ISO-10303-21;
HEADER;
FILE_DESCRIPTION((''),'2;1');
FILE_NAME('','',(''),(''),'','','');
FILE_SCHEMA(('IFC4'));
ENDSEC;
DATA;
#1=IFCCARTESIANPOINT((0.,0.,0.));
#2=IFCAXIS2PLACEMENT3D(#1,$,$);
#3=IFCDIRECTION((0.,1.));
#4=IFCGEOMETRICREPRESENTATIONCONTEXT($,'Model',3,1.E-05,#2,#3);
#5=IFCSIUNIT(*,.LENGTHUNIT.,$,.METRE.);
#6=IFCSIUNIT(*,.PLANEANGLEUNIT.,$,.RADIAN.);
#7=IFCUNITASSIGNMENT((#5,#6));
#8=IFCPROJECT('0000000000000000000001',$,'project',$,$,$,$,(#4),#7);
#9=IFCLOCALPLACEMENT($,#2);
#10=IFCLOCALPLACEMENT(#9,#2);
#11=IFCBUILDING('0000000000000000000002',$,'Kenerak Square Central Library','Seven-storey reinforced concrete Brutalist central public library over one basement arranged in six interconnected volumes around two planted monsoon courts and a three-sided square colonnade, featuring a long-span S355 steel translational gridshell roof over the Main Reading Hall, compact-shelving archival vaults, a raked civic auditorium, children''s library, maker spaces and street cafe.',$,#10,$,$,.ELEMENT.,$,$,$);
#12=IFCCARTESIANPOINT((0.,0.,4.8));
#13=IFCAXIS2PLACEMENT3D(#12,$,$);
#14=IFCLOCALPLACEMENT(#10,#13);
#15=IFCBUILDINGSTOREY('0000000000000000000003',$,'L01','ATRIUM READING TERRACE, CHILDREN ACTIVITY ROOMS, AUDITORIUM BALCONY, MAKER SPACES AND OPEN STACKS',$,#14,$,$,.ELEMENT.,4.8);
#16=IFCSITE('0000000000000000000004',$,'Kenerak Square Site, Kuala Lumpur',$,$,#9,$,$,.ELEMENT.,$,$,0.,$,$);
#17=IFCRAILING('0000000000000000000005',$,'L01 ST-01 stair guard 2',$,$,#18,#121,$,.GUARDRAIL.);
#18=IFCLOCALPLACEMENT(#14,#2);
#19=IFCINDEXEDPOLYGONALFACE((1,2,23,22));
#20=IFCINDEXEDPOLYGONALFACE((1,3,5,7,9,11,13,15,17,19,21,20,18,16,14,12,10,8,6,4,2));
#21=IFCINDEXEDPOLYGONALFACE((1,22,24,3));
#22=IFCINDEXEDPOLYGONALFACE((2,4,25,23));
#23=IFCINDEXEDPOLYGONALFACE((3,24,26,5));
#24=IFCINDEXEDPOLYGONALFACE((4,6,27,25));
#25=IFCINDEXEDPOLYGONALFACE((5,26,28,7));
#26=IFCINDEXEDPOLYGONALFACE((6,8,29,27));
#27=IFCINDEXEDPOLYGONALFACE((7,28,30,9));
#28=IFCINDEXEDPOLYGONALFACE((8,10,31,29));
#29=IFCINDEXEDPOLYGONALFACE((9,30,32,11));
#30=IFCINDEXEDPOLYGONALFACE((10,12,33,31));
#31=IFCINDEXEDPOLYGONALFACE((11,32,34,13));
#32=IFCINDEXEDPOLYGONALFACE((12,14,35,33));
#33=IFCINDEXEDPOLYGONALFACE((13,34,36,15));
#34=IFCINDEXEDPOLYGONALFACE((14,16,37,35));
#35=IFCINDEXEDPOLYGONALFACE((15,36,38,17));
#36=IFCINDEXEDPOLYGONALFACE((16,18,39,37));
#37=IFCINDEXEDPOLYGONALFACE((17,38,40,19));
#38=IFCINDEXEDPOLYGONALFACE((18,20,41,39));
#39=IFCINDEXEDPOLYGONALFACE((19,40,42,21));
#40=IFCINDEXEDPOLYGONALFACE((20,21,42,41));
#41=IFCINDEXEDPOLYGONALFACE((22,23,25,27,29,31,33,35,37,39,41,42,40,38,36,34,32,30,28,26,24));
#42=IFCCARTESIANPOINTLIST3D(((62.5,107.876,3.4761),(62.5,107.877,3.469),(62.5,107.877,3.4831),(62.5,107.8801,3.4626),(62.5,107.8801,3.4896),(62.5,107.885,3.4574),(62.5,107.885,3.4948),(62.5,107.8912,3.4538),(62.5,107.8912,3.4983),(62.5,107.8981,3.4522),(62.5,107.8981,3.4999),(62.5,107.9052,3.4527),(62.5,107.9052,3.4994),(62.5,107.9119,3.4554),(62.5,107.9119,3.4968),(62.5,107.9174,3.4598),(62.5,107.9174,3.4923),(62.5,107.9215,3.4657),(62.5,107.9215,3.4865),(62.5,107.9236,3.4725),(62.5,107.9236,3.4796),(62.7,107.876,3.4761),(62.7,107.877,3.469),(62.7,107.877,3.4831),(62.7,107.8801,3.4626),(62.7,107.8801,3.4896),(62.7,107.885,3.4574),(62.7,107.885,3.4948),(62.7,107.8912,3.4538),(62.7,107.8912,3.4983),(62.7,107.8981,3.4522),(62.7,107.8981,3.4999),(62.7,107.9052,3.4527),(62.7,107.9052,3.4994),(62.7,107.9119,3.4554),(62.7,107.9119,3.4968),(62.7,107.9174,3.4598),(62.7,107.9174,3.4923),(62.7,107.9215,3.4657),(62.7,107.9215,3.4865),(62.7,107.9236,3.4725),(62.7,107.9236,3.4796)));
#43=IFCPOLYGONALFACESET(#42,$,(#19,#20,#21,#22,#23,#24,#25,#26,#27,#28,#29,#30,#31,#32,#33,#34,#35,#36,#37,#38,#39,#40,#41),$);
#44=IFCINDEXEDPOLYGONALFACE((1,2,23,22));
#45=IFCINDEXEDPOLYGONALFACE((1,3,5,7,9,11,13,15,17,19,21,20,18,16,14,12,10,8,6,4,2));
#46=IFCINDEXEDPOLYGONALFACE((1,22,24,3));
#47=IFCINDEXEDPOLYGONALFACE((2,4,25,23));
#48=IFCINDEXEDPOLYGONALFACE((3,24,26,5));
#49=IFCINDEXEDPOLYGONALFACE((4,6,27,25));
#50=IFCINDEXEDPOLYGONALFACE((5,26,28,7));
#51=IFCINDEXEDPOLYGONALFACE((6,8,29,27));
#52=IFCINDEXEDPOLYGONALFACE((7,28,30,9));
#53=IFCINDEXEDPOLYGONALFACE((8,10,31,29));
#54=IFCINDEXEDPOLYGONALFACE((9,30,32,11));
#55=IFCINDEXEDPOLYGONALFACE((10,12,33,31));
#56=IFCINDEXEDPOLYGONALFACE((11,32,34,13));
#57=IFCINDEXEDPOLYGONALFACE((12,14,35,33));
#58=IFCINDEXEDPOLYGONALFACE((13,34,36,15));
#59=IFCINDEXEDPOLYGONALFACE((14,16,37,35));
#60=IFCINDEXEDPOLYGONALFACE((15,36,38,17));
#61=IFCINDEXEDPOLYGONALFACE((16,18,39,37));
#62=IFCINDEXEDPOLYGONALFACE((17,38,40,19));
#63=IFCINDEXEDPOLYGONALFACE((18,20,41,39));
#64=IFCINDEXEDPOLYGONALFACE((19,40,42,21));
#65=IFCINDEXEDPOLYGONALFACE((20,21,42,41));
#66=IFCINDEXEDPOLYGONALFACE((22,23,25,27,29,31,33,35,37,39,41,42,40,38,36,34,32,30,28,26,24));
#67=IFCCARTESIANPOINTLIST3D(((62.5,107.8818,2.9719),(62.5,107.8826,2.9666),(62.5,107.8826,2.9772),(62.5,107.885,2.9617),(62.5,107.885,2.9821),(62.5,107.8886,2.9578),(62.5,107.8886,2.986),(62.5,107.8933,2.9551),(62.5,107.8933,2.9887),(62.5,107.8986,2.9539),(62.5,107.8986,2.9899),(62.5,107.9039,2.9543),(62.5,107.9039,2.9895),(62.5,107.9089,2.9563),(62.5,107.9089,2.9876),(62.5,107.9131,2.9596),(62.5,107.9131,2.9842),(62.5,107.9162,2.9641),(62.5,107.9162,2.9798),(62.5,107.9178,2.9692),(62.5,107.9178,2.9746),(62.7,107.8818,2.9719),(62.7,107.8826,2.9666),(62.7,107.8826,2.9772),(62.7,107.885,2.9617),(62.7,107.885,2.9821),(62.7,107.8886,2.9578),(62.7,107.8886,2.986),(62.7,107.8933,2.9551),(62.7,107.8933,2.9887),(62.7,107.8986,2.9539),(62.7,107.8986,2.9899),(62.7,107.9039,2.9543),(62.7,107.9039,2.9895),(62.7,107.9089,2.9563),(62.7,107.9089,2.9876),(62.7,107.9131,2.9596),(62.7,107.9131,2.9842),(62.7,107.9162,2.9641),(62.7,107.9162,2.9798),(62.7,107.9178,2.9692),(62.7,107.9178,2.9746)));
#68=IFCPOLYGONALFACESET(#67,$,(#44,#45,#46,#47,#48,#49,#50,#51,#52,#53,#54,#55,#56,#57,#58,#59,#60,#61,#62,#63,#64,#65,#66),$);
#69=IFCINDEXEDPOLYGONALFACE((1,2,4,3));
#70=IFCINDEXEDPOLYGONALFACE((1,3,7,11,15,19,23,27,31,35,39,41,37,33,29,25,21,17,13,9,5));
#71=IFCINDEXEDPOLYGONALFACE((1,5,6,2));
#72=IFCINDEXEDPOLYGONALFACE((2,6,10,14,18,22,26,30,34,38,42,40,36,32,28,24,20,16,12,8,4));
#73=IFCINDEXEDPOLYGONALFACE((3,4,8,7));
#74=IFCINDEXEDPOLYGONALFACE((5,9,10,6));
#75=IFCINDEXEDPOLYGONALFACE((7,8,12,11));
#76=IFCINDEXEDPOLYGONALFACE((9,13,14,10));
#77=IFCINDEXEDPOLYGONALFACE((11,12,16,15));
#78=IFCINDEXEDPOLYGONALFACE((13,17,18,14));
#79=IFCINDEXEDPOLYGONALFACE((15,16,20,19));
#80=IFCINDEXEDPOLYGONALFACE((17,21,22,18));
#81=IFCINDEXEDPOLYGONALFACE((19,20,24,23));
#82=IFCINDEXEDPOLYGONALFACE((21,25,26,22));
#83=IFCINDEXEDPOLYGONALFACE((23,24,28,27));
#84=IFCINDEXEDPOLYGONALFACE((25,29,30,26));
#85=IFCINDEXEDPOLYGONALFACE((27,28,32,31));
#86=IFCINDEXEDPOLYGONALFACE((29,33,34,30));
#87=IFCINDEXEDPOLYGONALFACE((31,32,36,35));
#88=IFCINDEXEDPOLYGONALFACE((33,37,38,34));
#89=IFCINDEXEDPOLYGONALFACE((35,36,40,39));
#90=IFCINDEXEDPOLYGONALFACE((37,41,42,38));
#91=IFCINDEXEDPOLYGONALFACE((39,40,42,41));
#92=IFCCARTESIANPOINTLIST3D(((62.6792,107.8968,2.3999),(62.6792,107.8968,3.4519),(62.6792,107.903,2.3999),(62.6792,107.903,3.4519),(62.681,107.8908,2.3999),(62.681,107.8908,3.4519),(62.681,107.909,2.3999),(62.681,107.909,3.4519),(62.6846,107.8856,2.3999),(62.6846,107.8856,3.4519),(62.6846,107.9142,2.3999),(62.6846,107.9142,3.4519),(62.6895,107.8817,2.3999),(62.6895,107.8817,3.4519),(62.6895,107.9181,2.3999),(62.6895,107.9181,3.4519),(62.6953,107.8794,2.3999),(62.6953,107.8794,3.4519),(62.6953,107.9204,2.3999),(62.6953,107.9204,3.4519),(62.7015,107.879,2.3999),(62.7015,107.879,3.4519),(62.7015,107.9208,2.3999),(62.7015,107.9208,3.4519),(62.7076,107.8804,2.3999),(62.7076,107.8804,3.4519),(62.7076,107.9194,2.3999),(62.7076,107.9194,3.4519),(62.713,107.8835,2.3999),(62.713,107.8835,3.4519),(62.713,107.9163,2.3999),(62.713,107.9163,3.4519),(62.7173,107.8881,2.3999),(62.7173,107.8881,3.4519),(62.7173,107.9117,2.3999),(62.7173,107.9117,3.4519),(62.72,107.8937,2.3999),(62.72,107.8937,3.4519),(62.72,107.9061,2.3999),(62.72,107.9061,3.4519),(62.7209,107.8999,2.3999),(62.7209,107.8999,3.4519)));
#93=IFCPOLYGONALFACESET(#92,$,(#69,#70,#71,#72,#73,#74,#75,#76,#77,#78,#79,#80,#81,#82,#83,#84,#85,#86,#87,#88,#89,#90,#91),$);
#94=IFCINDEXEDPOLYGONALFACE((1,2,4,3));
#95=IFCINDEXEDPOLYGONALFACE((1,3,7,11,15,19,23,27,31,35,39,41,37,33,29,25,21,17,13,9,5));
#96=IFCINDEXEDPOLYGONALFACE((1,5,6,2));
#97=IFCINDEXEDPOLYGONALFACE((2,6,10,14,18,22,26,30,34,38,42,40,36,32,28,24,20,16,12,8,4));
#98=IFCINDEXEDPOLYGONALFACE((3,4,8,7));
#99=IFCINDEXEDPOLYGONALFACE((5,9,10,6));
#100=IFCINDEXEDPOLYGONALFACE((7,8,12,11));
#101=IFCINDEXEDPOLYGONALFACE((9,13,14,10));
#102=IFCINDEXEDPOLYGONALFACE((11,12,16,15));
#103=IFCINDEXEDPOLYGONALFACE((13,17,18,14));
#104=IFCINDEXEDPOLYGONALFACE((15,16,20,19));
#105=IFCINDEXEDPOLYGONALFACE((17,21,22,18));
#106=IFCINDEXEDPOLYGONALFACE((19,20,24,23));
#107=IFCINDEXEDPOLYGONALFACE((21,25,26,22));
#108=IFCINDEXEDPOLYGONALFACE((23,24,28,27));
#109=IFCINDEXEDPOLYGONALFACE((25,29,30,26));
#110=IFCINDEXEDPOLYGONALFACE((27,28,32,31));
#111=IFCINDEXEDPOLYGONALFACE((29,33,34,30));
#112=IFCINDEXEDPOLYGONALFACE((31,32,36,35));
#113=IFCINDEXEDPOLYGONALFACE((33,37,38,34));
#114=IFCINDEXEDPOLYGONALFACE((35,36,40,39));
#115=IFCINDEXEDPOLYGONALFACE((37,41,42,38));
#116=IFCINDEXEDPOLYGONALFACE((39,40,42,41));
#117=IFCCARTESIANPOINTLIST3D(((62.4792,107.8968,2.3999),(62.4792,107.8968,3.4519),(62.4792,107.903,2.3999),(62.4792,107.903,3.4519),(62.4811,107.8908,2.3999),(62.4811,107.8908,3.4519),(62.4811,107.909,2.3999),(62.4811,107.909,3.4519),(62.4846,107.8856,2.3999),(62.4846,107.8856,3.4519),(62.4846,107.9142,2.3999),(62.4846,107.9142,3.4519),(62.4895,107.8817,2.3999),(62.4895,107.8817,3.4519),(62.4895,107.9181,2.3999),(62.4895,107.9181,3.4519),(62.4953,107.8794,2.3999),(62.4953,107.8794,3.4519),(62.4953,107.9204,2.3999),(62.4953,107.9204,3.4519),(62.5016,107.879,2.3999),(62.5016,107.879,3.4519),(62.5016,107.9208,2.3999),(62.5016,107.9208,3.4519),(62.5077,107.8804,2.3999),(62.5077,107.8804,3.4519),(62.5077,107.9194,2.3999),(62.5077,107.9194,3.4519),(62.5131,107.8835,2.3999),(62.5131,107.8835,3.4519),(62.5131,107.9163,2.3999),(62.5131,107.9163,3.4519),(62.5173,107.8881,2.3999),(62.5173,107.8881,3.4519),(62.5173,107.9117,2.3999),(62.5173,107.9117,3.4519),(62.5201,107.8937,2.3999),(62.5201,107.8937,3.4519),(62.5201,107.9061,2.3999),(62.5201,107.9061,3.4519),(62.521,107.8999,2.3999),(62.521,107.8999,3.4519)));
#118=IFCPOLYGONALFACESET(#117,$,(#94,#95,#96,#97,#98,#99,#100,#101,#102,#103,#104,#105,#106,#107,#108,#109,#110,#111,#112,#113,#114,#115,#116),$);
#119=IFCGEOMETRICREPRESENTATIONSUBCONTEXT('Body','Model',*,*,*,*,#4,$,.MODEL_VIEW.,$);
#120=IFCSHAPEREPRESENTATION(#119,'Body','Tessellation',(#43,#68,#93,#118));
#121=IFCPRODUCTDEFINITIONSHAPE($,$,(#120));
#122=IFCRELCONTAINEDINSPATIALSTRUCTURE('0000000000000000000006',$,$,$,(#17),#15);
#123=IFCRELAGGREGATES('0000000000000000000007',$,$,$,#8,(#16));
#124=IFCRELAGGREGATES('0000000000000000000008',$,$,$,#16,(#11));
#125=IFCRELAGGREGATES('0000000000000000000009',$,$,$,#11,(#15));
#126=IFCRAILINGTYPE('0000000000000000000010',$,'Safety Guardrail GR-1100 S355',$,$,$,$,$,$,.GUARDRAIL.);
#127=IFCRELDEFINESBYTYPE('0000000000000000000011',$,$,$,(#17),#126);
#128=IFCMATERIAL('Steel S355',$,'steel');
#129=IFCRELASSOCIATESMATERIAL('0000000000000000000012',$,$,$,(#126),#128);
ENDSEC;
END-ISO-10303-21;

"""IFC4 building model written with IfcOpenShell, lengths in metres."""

from ifc_helpers import new_model, si_unit, direction, frame, origin, origin_2d, place, context, subcontext, project, spatial, circle, extrude, material, type_object, element, save


model = new_model("IFC4")

# Units and contexts
model_context = context("Model", 3, precision=1e-05, world=origin(), true_north=direction((0.0, 1.0)))
body_context = subcontext(model_context, "Body", "Model", "MODEL_VIEW")
ifc_project = project(units=[si_unit("LENGTHUNIT", "METRE"), si_unit("PLANEANGLEUNIT", "RADIAN")], contexts=[model_context])

# Site, building, storey
site_placement = place(None, origin())
site = spatial("IfcSite", under=ifc_project, at=site_placement, Name="Kenerak Square Site, Kuala Lumpur", CompositionType="ELEMENT", RefElevation=0.0)
building_placement = place(site_placement, origin())
building = spatial("IfcBuilding", under=site, at=building_placement, Name="Kenerak Square Central Library", Description="Seven-storey reinforced concrete Brutalist central public library over one basement arranged in six interconnected volumes around two planted monsoon courts and a three-sided square colonnade, featuring a long-span S355 steel translational gridshell roof over the Main Reading Hall, compact-shelving archival vaults, a raked civic auditorium, children's library, maker spaces and street cafe.", CompositionType="ELEMENT")
storey_placement = place(building_placement, frame((0.0, 0.0, 4.8)))
storey = spatial("IfcBuildingStorey", under=building, at=storey_placement, Name="L01", Description="ATRIUM READING TERRACE, CHILDREN ACTIVITY ROOMS, AUDITORIUM BALCONY, MAKER SPACES AND OPEN STACKS", CompositionType="ELEMENT", Elevation=4.8)

# Shared definitions
ifc_material_1 = material(Name="Steel S355", Category="steel")

# Railing
railing_type_1 = type_object("IfcRailingType", Name="Safety Guardrail GR-1100 S355", PredefinedType="GUARDRAIL", material=ifc_material_1)
railing_1_placement = place(storey_placement, frame((62.7, 107.8999, 2.3999)))
element("IfcRailing", 1, at=railing_1_placement, inside=storey, type_object=railing_type_1, Name="L01 ST-01 stair guard 2", PredefinedType="GUARDRAIL", context=body_context, shape_type="SweptSolid", body=[
    extrude(circle(Radius=0.0239, at=origin_2d()), frame((0.0, 0.0, 1.0762), z_axis=(-1.0, 0.0, 0.0), x_axis=(0.0, -1.0, 0.0)), (0.0, 0.0, 1.0), 0.2),
    extrude(circle(Radius=0.0181, at=origin_2d()), frame((0.0, 0.0, 0.572), z_axis=(-1.0, 0.0, 0.0), x_axis=(0.0, -1.0, 0.0)), (0.0, 0.0, 1.0), 0.2),
    extrude(circle(Radius=0.021, at=origin_2d()), origin(), (0.0, 0.0, 1.0), 1.052),
    extrude(circle(Radius=0.021, at=origin_2d()), frame((-0.2, 0.0, 0.0)), (0.0, 0.0, 1.0), 1.052),
])

save(model, "model.ifc")
